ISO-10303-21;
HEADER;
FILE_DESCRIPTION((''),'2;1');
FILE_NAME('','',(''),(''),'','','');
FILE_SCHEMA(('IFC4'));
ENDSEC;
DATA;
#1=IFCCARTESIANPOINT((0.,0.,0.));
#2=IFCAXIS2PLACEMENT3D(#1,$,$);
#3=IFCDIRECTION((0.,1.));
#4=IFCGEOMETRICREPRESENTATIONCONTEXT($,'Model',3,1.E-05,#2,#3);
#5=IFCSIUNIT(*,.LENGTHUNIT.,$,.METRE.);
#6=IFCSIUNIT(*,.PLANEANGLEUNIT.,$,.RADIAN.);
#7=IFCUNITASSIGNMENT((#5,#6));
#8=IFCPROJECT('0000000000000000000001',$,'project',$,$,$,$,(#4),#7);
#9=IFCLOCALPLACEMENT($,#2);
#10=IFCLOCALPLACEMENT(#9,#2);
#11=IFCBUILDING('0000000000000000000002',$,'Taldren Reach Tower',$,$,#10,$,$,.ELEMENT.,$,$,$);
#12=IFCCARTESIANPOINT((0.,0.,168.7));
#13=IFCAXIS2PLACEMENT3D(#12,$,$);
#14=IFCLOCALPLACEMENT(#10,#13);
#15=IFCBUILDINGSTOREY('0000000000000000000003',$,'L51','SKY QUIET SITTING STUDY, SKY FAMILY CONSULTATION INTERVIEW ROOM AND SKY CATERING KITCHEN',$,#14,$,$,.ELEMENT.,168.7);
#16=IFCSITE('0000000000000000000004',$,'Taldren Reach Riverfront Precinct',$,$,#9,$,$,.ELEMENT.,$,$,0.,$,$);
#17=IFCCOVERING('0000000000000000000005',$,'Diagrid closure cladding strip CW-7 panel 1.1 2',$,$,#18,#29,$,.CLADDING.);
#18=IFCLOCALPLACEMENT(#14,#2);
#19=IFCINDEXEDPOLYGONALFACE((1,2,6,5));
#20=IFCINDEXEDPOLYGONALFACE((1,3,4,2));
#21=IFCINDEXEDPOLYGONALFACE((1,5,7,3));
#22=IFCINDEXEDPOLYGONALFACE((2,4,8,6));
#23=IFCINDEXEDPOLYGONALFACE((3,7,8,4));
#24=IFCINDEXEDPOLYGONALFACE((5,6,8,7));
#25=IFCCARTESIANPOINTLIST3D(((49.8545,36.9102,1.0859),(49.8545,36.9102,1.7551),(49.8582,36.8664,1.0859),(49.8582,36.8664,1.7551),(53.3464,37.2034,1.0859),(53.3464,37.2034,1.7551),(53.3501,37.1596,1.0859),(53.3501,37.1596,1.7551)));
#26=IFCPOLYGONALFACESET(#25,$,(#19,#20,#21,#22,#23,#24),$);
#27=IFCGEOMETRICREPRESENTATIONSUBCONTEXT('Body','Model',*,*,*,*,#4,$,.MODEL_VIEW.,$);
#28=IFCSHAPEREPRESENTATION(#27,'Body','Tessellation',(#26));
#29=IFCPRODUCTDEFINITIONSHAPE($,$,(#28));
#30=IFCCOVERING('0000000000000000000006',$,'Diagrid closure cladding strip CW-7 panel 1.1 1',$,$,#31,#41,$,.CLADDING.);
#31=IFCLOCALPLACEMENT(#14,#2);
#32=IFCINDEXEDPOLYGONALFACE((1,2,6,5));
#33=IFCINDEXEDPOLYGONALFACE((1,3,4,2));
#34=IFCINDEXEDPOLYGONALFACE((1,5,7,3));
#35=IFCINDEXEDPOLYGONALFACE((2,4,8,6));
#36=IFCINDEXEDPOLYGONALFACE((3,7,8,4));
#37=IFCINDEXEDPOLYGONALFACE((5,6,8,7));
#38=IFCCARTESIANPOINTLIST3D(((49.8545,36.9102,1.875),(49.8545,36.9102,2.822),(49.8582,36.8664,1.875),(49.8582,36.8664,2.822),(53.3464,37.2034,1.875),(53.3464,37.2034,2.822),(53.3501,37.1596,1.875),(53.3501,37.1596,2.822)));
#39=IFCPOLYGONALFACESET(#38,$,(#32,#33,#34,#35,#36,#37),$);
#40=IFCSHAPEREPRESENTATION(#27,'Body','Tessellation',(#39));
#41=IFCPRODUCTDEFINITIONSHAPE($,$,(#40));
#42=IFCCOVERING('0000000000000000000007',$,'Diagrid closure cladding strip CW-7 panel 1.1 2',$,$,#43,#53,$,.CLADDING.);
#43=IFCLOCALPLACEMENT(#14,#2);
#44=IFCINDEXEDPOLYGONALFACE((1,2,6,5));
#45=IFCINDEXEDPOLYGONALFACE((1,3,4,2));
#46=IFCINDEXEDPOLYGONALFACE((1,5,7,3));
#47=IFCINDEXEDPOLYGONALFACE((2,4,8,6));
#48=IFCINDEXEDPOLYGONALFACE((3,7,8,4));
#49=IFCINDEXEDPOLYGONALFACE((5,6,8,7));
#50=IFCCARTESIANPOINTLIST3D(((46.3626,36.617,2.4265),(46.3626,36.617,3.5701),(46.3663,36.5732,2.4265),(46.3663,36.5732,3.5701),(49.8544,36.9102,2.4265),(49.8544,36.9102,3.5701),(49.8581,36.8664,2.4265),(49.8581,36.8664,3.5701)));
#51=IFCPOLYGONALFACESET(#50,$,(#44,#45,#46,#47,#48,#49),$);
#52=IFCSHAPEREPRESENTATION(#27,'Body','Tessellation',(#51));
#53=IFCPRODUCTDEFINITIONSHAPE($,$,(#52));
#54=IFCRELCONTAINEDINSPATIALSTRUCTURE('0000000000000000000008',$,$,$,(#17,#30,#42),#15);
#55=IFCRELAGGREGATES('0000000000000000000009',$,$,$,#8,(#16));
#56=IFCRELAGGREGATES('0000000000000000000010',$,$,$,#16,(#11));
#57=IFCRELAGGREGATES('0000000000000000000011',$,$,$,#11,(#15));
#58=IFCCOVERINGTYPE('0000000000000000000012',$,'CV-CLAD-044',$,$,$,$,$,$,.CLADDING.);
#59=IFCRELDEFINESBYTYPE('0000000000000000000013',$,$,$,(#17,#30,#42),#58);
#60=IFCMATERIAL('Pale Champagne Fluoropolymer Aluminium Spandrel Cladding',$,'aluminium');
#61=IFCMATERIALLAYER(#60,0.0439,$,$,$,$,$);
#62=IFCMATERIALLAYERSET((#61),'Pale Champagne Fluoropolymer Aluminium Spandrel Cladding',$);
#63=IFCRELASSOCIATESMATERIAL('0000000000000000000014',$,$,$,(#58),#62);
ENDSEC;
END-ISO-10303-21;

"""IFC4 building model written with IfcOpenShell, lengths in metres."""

from ifc_helpers import new_model, si_unit, direction, frame, origin, origin_2d, place, context, subcontext, project, spatial, rectangle, extrude, source, transform, mapped, material, layer, layer_set, type_object, element, save


model = new_model("IFC4")

# Units and contexts
model_context = context("Model", 3, precision=1e-05, world=origin(), true_north=direction((0.0, 1.0)))
body_context = subcontext(model_context, "Body", "Model", "MODEL_VIEW")
ifc_project = project(units=[si_unit("LENGTHUNIT", "METRE"), si_unit("PLANEANGLEUNIT", "RADIAN")], contexts=[model_context])

# Site, building, storey
site_placement = place(None, origin())
site = spatial("IfcSite", under=ifc_project, at=site_placement, Name="Taldren Reach Riverfront Precinct", CompositionType="ELEMENT", RefElevation=0.0)
building_placement = place(site_placement, origin())
building = spatial("IfcBuilding", under=site, at=building_placement, Name="Taldren Reach Tower", CompositionType="ELEMENT")
storey_placement = place(building_placement, frame((0.0, 0.0, 168.7)))
storey = spatial("IfcBuildingStorey", under=building, at=storey_placement, Name="L51", Description="SKY QUIET SITTING STUDY, SKY FAMILY CONSULTATION INTERVIEW ROOM AND SKY CATERING KITCHEN", CompositionType="ELEMENT", Elevation=168.7)

# Coverings
ifc_material_1 = material(Name="Pale Champagne Fluoropolymer Aluminium Spandrel Cladding", Category="aluminium")
ifc_layer_1 = layer(ifc_material_1, 0.0439)
ifc_layer_set_1 = layer_set([ifc_layer_1], Name="Pale Champagne Fluoropolymer Aluminium Spandrel Cladding")
covering_type = type_object("IfcCoveringType", Name="CV-CLAD-044", PredefinedType="CLADDING", material=ifc_layer_set_1)
shared_shape_1 = source(origin(), body_context, "Body", "SweptSolid", [
    extrude(rectangle(XDim=3.5042, YDim=0.0439, at=origin_2d()), origin(), (0.0, 0.0, 1.0), 0.6692),
])
covering_1_placement = place(storey_placement, frame((51.6023, 37.0349, 1.0859), z_axis=(0.0, 0.0, 1.0), x_axis=(-0.996493, -0.083678, 0.0)))
element("IfcCovering", 1, at=covering_1_placement, inside=storey, type_object=covering_type, Name="Diagrid closure cladding strip CW-7 panel 1.1 2", PredefinedType="CLADDING", context=body_context, shape_type="MappedRepresentation", body=[
    mapped(shared_shape_1, transform((0.0, 0.0, 0.0), scale=1.0)),
])
shared_shape_2 = source(origin(), body_context, "Body", "SweptSolid", [
    extrude(rectangle(XDim=3.5042, YDim=0.0439, at=origin_2d()), origin(), (0.0, 0.0, 1.0), 0.947),
])
covering_2_placement = place(storey_placement, frame((51.6023, 37.0349, 1.875), z_axis=(0.0, 0.0, 1.0), x_axis=(-0.996493, -0.083678, 0.0)))
element("IfcCovering", 2, at=covering_2_placement, inside=storey, type_object=covering_type, Name="Diagrid closure cladding strip CW-7 panel 1.1 1", PredefinedType="CLADDING", context=body_context, shape_type="MappedRepresentation", body=[
    mapped(shared_shape_2, transform((0.0, 0.0, 0.0), scale=1.0)),
])
shared_shape_3 = source(origin(), body_context, "Body", "SweptSolid", [
    extrude(rectangle(XDim=3.5042, YDim=0.0439, at=origin_2d()), origin(), (0.0, 0.0, 1.0), 1.1436),
])
covering_3_placement = place(storey_placement, frame((48.1104, 36.7417, 2.4265), z_axis=(0.0, 0.0, 1.0), x_axis=(-0.996493, -0.083678, 0.0)))
element("IfcCovering", 3, at=covering_3_placement, inside=storey, type_object=covering_type, Name="Diagrid closure cladding strip CW-7 panel 1.1 2", PredefinedType="CLADDING", context=body_context, shape_type="MappedRepresentation", body=[
    mapped(shared_shape_3, transform((0.0, 0.0, 0.0), scale=1.0)),
])

save(model, "model.ifc")
